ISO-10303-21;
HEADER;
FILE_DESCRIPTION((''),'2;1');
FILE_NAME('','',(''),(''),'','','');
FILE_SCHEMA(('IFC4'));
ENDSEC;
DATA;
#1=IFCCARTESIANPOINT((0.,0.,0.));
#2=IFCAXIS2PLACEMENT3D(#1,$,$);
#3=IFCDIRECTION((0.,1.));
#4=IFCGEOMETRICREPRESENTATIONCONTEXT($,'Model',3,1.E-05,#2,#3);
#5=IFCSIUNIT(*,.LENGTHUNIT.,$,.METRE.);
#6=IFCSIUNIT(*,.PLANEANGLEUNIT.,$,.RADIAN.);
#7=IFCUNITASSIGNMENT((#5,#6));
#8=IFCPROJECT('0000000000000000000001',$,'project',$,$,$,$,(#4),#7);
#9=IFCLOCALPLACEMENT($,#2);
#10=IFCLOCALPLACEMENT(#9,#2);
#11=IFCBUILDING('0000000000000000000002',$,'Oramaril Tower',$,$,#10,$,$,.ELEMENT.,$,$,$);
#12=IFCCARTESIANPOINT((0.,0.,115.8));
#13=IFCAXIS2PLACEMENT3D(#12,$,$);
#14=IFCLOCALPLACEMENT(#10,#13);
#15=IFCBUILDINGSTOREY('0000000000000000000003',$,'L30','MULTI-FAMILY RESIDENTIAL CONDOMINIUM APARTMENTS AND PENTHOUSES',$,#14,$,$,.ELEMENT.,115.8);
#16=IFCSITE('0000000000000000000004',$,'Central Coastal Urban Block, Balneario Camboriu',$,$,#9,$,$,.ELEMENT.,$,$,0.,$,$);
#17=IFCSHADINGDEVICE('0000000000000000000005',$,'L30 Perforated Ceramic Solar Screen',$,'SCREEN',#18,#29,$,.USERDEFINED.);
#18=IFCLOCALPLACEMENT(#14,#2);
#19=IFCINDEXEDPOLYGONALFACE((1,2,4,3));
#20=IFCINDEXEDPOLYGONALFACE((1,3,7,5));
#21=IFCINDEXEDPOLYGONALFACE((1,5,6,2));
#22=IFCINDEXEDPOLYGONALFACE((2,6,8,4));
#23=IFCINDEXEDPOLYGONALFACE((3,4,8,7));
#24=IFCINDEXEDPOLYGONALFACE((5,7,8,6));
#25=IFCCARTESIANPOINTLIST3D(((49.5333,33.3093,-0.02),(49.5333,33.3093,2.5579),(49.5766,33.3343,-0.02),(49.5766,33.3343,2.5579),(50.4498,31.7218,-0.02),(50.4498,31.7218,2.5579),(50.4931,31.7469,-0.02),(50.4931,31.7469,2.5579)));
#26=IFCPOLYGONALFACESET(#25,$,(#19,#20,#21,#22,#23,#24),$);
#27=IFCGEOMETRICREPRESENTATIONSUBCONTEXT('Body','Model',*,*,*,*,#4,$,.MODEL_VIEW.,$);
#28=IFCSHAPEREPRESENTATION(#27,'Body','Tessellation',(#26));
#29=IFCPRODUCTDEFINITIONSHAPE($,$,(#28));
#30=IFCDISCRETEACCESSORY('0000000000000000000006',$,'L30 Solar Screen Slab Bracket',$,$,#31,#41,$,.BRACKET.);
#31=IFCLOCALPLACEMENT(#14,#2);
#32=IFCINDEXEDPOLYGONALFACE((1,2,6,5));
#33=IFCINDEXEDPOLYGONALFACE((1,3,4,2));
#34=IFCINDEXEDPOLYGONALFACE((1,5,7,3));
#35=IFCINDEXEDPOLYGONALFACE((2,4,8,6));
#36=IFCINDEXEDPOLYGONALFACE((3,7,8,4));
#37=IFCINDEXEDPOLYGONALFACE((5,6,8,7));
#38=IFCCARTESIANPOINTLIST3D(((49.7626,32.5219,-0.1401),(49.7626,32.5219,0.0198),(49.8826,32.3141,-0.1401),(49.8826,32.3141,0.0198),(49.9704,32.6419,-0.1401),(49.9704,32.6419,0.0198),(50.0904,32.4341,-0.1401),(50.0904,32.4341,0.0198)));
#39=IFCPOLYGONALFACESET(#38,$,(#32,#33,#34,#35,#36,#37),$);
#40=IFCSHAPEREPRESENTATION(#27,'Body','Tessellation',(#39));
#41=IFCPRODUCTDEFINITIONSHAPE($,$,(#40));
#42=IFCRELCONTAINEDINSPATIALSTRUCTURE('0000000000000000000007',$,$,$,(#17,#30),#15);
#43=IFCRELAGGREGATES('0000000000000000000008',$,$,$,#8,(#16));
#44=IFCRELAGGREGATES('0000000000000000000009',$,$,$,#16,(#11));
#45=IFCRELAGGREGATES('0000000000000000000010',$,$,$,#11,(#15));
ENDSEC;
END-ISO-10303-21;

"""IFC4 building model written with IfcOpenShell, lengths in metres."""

from ifc_helpers import new_model, si_unit, direction, frame, origin, origin_2d, place, context, subcontext, project, spatial, rectangle, extrude, element, save


model = new_model("IFC4")

# Units and contexts
model_context = context("Model", 3, precision=1e-05, world=origin(), true_north=direction((0.0, 1.0)))
body_context = subcontext(model_context, "Body", "Model", "MODEL_VIEW")
ifc_project = project(units=[si_unit("LENGTHUNIT", "METRE"), si_unit("PLANEANGLEUNIT", "RADIAN")], contexts=[model_context])

# Site, building, storey
site_placement = place(None, origin())
site = spatial("IfcSite", under=ifc_project, at=site_placement, Name="Central Coastal Urban Block, Balneario Camboriu", CompositionType="ELEMENT", RefElevation=0.0)
building_placement = place(site_placement, origin())
building = spatial("IfcBuilding", under=site, at=building_placement, Name="Oramaril Tower", CompositionType="ELEMENT")
storey_placement = place(building_placement, frame((0.0, 0.0, 115.8)))
storey = spatial("IfcBuildingStorey", under=building, at=storey_placement, Name="L30", Description="MULTI-FAMILY RESIDENTIAL CONDOMINIUM APARTMENTS AND PENTHOUSES", CompositionType="ELEMENT", Elevation=115.8)

# Shading device
shading_device_placement = place(storey_placement, frame((50.0132, 32.5281, -0.02), z_axis=(0.0, 0.0, 1.0), x_axis=(-0.499995, 0.866028, 0.0)))
element("IfcShadingDevice", 1, at=shading_device_placement, inside=storey, Name="L30 Perforated Ceramic Solar Screen", ObjectType="SCREEN", PredefinedType="USERDEFINED", context=body_context, shape_type="SweptSolid", body=[
    extrude(rectangle(XDim=1.833, YDim=0.05, at=origin_2d()), origin(), (0.0, 0.0, 1.0), 2.5779),
])

# Discrete accessory
discrete_accessory_placement = place(storey_placement, frame((49.9265, 32.478, -0.1401), z_axis=(0.0, 0.0, 1.0), x_axis=(-0.499995, 0.866028, 0.0)))
element("IfcDiscreteAccessory", 2, at=discrete_accessory_placement, inside=storey, Name="L30 Solar Screen Slab Bracket", PredefinedType="BRACKET", context=body_context, shape_type="SweptSolid", body=[
    extrude(rectangle(XDim=0.24, YDim=0.24, at=origin_2d()), origin(), (0.0, 0.0, 1.0), 0.1599),
])

save(model, "model.ifc")
